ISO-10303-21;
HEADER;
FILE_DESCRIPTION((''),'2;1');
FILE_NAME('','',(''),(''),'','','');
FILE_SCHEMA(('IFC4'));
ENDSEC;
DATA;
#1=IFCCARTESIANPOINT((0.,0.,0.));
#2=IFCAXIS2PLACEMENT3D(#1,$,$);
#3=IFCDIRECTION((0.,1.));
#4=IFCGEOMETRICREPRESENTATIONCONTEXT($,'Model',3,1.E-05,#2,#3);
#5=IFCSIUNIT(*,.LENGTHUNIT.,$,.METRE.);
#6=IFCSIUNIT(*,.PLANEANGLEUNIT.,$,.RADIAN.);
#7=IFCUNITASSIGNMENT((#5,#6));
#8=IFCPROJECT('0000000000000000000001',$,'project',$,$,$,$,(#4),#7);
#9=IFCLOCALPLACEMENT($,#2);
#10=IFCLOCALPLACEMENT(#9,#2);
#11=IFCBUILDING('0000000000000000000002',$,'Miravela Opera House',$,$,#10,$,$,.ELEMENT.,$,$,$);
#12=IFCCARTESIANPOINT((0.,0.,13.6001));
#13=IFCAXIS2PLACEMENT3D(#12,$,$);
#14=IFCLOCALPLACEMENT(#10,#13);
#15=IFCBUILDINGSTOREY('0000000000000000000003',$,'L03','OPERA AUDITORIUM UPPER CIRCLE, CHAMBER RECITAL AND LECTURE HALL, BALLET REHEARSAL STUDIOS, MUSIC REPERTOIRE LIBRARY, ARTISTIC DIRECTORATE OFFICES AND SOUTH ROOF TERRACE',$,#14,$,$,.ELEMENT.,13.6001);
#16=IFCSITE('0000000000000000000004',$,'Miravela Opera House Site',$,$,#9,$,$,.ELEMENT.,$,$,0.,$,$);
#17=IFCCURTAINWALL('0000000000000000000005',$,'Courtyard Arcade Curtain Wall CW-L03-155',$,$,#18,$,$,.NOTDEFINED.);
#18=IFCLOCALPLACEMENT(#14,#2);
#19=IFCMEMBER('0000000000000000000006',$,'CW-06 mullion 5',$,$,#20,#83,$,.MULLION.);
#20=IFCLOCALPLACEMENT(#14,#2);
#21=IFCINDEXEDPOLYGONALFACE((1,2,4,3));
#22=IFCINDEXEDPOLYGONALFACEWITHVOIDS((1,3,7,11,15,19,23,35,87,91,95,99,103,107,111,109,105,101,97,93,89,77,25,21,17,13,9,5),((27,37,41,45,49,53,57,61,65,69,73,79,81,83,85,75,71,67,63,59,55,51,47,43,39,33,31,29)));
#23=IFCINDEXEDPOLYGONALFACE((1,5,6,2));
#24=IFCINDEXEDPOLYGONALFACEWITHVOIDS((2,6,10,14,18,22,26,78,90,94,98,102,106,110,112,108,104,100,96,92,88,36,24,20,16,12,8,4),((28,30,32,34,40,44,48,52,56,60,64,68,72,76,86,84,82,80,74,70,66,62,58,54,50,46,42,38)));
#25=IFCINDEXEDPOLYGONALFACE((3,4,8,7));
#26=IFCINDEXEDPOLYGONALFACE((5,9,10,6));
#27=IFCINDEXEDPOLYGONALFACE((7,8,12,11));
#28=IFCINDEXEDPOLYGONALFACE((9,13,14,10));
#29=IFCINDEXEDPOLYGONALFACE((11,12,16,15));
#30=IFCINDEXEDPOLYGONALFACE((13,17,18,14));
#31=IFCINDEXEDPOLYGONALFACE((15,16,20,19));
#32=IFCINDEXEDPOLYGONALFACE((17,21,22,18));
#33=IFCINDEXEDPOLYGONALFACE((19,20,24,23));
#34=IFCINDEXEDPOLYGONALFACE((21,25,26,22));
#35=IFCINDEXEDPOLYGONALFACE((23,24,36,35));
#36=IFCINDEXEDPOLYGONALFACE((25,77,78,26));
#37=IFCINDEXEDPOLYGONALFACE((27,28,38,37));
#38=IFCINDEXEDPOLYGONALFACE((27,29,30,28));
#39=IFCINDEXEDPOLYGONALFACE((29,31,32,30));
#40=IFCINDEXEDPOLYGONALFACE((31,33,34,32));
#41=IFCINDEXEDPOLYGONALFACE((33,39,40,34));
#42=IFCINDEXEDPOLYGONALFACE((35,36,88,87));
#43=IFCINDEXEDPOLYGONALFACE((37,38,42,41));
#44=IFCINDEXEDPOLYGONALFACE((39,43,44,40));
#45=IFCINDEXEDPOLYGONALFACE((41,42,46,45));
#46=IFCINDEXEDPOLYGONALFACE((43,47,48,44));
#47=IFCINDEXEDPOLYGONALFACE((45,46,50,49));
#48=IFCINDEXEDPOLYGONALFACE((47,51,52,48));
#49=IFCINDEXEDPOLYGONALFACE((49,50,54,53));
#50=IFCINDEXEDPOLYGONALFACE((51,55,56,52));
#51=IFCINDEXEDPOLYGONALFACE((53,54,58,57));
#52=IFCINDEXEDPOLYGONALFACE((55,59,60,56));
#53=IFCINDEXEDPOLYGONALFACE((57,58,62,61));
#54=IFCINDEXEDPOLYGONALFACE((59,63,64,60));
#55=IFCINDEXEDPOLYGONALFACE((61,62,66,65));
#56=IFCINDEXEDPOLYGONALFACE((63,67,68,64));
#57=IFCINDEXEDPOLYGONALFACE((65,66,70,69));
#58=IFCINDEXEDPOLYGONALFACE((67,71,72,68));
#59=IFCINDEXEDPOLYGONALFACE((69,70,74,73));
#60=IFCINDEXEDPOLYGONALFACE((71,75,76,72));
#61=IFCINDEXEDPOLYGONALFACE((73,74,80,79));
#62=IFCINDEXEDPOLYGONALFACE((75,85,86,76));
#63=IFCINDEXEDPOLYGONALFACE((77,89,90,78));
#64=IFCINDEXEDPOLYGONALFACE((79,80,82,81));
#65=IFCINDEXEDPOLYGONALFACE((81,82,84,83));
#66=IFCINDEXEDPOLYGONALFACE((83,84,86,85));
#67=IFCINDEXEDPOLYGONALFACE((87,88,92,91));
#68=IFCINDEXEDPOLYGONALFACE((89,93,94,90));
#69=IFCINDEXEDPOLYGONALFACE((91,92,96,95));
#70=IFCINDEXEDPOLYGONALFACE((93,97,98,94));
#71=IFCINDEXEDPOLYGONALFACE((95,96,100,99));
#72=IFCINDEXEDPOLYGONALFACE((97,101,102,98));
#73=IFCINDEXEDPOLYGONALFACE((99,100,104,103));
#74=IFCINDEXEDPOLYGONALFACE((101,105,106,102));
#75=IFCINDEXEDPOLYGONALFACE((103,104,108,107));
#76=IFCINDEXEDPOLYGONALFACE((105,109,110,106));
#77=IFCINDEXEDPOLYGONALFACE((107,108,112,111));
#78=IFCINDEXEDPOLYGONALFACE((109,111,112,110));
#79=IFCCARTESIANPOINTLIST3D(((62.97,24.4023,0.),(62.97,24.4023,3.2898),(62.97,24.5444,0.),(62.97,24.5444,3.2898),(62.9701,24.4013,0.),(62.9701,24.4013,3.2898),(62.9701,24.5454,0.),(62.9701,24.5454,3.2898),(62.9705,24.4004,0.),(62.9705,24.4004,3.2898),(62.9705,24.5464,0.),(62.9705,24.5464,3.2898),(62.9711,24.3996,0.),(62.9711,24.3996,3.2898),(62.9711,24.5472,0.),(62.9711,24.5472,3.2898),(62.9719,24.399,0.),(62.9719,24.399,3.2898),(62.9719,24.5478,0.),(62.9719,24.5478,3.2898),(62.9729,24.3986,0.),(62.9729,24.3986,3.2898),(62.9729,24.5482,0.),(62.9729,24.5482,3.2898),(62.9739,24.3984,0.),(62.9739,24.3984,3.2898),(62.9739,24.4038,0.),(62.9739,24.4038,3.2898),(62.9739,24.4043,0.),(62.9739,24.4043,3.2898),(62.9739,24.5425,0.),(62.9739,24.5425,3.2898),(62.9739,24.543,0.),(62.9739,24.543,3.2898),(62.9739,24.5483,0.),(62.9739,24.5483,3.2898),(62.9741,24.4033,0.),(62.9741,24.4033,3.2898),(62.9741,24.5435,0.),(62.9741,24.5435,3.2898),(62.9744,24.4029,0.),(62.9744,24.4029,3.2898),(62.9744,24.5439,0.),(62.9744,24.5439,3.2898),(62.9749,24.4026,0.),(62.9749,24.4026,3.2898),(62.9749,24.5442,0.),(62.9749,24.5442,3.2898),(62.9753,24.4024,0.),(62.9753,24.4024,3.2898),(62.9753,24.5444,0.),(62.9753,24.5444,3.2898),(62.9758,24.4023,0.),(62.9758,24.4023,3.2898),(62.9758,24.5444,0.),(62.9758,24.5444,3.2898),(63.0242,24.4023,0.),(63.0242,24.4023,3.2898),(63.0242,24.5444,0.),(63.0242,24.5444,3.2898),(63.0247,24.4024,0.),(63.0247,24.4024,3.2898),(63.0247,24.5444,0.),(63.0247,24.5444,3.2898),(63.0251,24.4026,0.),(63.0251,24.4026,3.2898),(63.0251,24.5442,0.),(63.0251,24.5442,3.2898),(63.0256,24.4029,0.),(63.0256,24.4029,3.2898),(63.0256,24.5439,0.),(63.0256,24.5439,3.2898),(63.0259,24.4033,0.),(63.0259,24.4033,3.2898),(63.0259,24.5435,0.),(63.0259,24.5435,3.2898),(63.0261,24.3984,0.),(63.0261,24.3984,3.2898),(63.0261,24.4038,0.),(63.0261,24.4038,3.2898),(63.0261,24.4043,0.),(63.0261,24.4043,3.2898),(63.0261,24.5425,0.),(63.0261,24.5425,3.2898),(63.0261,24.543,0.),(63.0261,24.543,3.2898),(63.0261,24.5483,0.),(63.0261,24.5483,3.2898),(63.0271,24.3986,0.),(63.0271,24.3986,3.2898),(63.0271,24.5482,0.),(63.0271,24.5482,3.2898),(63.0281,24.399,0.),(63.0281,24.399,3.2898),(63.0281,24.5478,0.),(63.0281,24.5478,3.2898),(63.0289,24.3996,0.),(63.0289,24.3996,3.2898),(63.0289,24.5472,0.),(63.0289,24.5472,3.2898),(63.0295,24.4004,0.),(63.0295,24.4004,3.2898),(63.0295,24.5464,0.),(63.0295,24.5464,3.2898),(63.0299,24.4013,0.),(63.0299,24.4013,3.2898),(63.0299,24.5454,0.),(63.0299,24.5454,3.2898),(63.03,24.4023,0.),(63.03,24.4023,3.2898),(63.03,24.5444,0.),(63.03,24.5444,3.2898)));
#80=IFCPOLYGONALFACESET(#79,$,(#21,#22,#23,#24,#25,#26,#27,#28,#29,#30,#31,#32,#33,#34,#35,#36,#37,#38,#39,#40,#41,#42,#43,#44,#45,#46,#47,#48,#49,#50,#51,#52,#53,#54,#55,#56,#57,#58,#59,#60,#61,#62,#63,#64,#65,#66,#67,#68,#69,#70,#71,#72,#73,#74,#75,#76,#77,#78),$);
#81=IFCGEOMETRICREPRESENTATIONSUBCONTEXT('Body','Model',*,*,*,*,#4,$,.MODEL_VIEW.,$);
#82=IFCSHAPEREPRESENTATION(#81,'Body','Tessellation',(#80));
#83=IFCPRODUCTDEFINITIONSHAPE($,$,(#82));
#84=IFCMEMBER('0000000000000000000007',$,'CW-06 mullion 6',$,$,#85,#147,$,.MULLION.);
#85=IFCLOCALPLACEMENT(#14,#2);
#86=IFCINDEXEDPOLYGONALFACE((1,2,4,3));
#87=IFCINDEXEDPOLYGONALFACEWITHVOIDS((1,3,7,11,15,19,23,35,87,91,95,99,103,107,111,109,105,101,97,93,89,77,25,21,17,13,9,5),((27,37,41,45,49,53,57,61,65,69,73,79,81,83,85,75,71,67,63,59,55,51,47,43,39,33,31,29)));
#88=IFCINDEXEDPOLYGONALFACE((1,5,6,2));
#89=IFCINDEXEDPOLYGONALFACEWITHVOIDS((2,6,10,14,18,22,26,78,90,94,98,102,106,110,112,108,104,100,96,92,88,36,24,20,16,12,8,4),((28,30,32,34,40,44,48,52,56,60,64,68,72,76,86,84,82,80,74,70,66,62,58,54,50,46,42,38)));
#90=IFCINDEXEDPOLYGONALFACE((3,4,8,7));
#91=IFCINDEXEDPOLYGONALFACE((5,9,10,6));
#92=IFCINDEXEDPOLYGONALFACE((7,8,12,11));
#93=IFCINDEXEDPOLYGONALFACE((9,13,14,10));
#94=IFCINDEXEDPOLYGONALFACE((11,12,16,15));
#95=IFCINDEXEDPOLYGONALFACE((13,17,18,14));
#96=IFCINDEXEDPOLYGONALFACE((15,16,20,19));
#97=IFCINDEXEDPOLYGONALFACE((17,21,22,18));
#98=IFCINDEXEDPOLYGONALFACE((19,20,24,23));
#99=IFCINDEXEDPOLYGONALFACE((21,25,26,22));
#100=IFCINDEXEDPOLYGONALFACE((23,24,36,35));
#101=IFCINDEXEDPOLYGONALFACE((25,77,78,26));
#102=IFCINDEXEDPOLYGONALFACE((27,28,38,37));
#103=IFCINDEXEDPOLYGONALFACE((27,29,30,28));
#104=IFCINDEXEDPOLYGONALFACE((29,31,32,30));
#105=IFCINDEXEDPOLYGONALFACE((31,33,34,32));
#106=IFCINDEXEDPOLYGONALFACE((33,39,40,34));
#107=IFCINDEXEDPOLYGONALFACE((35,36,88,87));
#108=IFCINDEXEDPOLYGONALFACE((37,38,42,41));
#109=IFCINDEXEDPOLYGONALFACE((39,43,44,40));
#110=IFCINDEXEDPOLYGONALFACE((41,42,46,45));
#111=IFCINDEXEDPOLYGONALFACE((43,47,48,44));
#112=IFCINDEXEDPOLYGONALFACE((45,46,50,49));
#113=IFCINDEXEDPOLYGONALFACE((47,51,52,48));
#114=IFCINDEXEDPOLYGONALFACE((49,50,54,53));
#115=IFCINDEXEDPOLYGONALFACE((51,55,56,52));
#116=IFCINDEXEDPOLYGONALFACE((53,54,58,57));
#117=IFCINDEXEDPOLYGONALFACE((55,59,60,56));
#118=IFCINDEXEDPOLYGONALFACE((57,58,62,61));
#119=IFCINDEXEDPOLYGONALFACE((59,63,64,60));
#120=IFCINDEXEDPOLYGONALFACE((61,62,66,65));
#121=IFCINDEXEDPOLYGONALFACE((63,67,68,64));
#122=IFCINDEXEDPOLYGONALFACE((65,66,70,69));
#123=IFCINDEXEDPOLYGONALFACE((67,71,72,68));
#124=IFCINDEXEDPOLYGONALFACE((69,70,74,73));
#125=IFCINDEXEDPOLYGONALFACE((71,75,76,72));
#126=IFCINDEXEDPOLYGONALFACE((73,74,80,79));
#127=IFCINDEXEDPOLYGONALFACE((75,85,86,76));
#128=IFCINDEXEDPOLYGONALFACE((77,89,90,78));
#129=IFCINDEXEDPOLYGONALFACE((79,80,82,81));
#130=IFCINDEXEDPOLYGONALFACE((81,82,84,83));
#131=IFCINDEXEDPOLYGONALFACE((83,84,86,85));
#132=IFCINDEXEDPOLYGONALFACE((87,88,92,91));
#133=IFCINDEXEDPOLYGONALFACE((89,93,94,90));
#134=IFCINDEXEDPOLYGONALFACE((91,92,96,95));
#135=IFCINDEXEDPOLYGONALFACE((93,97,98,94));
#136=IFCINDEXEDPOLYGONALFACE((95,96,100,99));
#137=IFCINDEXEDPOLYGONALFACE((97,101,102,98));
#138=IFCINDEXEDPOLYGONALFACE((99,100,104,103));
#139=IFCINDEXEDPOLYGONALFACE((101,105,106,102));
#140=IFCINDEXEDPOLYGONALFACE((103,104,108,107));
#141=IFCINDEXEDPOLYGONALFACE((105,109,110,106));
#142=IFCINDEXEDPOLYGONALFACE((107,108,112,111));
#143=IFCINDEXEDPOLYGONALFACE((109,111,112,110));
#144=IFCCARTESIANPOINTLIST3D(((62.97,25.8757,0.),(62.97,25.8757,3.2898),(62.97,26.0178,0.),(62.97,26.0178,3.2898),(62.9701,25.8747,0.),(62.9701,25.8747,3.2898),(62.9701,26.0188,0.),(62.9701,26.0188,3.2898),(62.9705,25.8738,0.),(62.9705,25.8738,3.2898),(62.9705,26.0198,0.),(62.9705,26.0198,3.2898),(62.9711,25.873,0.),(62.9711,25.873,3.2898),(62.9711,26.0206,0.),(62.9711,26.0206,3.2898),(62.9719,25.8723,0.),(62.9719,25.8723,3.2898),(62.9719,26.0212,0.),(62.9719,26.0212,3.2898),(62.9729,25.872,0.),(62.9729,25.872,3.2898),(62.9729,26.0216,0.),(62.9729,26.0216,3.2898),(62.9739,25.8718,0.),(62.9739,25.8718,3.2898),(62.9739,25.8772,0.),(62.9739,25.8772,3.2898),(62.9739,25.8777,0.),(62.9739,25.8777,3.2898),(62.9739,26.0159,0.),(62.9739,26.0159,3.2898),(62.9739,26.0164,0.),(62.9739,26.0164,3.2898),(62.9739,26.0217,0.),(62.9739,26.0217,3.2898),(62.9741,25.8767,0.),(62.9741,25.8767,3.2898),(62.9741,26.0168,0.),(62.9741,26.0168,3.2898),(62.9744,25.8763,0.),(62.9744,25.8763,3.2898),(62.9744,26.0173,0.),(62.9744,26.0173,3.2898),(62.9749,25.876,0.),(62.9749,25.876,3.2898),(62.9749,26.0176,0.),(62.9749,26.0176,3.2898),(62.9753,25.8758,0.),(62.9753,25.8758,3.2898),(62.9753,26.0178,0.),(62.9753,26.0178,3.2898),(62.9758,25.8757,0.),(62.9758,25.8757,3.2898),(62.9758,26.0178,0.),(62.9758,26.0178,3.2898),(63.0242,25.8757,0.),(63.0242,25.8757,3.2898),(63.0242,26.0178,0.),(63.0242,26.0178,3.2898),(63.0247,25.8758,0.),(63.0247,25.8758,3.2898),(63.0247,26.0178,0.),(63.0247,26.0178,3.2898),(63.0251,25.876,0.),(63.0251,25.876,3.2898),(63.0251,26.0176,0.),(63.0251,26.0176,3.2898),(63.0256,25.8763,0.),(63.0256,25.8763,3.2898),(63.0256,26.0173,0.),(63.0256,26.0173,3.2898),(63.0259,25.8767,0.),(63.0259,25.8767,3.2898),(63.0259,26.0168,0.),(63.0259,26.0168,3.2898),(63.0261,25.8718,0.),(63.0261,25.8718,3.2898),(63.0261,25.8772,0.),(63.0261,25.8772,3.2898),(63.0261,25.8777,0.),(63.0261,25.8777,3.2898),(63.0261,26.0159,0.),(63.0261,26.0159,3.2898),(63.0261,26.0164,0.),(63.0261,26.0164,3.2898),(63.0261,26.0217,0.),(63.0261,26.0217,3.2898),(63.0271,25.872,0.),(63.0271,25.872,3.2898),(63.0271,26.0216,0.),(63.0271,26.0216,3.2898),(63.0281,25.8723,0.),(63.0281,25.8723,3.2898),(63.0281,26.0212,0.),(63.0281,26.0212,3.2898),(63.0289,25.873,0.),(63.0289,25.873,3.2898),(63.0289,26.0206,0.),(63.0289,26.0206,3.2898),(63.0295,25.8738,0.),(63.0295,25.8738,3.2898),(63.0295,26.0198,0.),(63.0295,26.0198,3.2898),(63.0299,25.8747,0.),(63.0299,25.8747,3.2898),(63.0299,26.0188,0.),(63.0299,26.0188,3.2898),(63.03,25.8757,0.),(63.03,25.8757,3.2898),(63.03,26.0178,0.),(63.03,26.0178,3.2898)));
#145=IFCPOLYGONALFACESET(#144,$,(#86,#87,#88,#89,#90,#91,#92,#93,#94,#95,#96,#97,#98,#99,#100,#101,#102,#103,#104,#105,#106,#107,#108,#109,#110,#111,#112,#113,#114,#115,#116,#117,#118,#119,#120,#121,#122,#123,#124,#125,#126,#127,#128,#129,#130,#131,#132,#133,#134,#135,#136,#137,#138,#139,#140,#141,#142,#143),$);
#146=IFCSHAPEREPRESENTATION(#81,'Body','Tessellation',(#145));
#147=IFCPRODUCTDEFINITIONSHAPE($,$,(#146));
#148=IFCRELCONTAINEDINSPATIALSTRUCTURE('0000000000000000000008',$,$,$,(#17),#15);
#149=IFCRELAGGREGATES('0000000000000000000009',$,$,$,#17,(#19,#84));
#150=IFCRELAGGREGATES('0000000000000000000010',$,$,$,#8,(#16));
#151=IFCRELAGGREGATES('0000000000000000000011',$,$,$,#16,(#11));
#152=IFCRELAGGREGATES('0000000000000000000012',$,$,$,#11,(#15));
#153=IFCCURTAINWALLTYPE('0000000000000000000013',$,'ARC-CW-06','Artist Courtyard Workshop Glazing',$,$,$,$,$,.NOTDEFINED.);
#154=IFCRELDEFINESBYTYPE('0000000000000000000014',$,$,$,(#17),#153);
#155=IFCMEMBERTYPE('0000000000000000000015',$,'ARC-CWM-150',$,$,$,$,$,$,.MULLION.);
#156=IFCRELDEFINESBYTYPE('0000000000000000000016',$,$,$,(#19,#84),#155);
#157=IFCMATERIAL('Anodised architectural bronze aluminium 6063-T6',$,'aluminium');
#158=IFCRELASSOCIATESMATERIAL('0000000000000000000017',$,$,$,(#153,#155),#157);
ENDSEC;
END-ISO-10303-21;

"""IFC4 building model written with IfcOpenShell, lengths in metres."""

from ifc_helpers import new_model, si_unit, direction, frame, origin, origin_2d, place, context, subcontext, project, spatial, hollow_rectangle, extrude, material, material_profile, profile_set, type_object, element, aggregate, save


model = new_model("IFC4")

# Units and contexts
model_context = context("Model", 3, precision=1e-05, world=origin(), true_north=direction((0.0, 1.0)))
body_context = subcontext(model_context, "Body", "Model", "MODEL_VIEW")
ifc_project = project(units=[si_unit("LENGTHUNIT", "METRE"), si_unit("PLANEANGLEUNIT", "RADIAN")], contexts=[model_context])

# Site, building, storey
site_placement = place(None, origin())
site = spatial("IfcSite", under=ifc_project, at=site_placement, Name="Miravela Opera House Site", CompositionType="ELEMENT", RefElevation=0.0)
building_placement = place(site_placement, origin())
building = spatial("IfcBuilding", under=site, at=building_placement, Name="Miravela Opera House", CompositionType="ELEMENT")
storey_placement = place(building_placement, frame((0.0, 0.0, 13.6001)))
storey = spatial("IfcBuildingStorey", under=building, at=storey_placement, Name="L03", Description="OPERA AUDITORIUM UPPER CIRCLE, CHAMBER RECITAL AND LECTURE HALL, BALLET REHEARSAL STUDIOS, MUSIC REPERTOIRE LIBRARY, ARTISTIC DIRECTORATE OFFICES AND SOUTH ROOF TERRACE", CompositionType="ELEMENT", Elevation=13.6001)

# Curtain wall, members
ifc_material_1 = material(Name="Anodised architectural bronze aluminium 6063-T6", Category="aluminium")
curtain_wall_type = type_object("IfcCurtainWallType", Name="ARC-CW-06", Description="Artist Courtyard Workshop Glazing", PredefinedType="NOTDEFINED", material=ifc_material_1)
curtain_wall_placement = place(storey_placement, origin())
curtain_wall = element("IfcCurtainWall", 1, at=curtain_wall_placement, inside=storey, type_object=curtain_wall_type, Name="Courtyard Arcade Curtain Wall CW-L03-155", PredefinedType="NOTDEFINED")
ifc_material_profile_1 = material_profile(ifc_material_1, hollow_rectangle(XDim=0.0601, YDim=0.1499, WallThickness=0.0039, InnerFilletRadius=0.002, OuterFilletRadius=0.0039, at=origin_2d()), Name="CWM-60X150")
ifc_profile_set_1 = profile_set([ifc_material_profile_1])
member_type_1 = type_object("IfcMemberType", Name="ARC-CWM-150", PredefinedType="MULLION", material=ifc_profile_set_1)
member_1_placement = place(storey_placement, frame((63.0, 24.4734, 0.0), z_axis=(0.0, 0.0, 1.0), x_axis=(-1.0, 0.0, 0.0)))
member_1 = element("IfcMember", 2, at=member_1_placement, type_object=member_type_1, Name="CW-06 mullion 5", PredefinedType="MULLION", context=body_context, shape_type="SweptSolid", body=[
    extrude(hollow_rectangle(XDim=0.0601, YDim=0.1499, WallThickness=0.0039, InnerFilletRadius=0.002, OuterFilletRadius=0.0039, at=origin_2d()), origin(), (0.0, 0.0, 1.0), 3.2898),
])
member_2_placement = place(storey_placement, frame((63.0, 25.9468, 0.0), z_axis=(0.0, 0.0, 1.0), x_axis=(-1.0, 0.0, 0.0)))
member_2 = element("IfcMember", 3, at=member_2_placement, type_object=member_type_1, Name="CW-06 mullion 6", PredefinedType="MULLION", context=body_context, shape_type="SweptSolid", body=[
    extrude(hollow_rectangle(XDim=0.0601, YDim=0.1499, WallThickness=0.0039, InnerFilletRadius=0.002, OuterFilletRadius=0.0039, at=origin_2d()), origin(), (0.0, 0.0, 1.0), 3.2898),
])
aggregate(curtain_wall, [member_1, member_2])

save(model, "model.ifc")
